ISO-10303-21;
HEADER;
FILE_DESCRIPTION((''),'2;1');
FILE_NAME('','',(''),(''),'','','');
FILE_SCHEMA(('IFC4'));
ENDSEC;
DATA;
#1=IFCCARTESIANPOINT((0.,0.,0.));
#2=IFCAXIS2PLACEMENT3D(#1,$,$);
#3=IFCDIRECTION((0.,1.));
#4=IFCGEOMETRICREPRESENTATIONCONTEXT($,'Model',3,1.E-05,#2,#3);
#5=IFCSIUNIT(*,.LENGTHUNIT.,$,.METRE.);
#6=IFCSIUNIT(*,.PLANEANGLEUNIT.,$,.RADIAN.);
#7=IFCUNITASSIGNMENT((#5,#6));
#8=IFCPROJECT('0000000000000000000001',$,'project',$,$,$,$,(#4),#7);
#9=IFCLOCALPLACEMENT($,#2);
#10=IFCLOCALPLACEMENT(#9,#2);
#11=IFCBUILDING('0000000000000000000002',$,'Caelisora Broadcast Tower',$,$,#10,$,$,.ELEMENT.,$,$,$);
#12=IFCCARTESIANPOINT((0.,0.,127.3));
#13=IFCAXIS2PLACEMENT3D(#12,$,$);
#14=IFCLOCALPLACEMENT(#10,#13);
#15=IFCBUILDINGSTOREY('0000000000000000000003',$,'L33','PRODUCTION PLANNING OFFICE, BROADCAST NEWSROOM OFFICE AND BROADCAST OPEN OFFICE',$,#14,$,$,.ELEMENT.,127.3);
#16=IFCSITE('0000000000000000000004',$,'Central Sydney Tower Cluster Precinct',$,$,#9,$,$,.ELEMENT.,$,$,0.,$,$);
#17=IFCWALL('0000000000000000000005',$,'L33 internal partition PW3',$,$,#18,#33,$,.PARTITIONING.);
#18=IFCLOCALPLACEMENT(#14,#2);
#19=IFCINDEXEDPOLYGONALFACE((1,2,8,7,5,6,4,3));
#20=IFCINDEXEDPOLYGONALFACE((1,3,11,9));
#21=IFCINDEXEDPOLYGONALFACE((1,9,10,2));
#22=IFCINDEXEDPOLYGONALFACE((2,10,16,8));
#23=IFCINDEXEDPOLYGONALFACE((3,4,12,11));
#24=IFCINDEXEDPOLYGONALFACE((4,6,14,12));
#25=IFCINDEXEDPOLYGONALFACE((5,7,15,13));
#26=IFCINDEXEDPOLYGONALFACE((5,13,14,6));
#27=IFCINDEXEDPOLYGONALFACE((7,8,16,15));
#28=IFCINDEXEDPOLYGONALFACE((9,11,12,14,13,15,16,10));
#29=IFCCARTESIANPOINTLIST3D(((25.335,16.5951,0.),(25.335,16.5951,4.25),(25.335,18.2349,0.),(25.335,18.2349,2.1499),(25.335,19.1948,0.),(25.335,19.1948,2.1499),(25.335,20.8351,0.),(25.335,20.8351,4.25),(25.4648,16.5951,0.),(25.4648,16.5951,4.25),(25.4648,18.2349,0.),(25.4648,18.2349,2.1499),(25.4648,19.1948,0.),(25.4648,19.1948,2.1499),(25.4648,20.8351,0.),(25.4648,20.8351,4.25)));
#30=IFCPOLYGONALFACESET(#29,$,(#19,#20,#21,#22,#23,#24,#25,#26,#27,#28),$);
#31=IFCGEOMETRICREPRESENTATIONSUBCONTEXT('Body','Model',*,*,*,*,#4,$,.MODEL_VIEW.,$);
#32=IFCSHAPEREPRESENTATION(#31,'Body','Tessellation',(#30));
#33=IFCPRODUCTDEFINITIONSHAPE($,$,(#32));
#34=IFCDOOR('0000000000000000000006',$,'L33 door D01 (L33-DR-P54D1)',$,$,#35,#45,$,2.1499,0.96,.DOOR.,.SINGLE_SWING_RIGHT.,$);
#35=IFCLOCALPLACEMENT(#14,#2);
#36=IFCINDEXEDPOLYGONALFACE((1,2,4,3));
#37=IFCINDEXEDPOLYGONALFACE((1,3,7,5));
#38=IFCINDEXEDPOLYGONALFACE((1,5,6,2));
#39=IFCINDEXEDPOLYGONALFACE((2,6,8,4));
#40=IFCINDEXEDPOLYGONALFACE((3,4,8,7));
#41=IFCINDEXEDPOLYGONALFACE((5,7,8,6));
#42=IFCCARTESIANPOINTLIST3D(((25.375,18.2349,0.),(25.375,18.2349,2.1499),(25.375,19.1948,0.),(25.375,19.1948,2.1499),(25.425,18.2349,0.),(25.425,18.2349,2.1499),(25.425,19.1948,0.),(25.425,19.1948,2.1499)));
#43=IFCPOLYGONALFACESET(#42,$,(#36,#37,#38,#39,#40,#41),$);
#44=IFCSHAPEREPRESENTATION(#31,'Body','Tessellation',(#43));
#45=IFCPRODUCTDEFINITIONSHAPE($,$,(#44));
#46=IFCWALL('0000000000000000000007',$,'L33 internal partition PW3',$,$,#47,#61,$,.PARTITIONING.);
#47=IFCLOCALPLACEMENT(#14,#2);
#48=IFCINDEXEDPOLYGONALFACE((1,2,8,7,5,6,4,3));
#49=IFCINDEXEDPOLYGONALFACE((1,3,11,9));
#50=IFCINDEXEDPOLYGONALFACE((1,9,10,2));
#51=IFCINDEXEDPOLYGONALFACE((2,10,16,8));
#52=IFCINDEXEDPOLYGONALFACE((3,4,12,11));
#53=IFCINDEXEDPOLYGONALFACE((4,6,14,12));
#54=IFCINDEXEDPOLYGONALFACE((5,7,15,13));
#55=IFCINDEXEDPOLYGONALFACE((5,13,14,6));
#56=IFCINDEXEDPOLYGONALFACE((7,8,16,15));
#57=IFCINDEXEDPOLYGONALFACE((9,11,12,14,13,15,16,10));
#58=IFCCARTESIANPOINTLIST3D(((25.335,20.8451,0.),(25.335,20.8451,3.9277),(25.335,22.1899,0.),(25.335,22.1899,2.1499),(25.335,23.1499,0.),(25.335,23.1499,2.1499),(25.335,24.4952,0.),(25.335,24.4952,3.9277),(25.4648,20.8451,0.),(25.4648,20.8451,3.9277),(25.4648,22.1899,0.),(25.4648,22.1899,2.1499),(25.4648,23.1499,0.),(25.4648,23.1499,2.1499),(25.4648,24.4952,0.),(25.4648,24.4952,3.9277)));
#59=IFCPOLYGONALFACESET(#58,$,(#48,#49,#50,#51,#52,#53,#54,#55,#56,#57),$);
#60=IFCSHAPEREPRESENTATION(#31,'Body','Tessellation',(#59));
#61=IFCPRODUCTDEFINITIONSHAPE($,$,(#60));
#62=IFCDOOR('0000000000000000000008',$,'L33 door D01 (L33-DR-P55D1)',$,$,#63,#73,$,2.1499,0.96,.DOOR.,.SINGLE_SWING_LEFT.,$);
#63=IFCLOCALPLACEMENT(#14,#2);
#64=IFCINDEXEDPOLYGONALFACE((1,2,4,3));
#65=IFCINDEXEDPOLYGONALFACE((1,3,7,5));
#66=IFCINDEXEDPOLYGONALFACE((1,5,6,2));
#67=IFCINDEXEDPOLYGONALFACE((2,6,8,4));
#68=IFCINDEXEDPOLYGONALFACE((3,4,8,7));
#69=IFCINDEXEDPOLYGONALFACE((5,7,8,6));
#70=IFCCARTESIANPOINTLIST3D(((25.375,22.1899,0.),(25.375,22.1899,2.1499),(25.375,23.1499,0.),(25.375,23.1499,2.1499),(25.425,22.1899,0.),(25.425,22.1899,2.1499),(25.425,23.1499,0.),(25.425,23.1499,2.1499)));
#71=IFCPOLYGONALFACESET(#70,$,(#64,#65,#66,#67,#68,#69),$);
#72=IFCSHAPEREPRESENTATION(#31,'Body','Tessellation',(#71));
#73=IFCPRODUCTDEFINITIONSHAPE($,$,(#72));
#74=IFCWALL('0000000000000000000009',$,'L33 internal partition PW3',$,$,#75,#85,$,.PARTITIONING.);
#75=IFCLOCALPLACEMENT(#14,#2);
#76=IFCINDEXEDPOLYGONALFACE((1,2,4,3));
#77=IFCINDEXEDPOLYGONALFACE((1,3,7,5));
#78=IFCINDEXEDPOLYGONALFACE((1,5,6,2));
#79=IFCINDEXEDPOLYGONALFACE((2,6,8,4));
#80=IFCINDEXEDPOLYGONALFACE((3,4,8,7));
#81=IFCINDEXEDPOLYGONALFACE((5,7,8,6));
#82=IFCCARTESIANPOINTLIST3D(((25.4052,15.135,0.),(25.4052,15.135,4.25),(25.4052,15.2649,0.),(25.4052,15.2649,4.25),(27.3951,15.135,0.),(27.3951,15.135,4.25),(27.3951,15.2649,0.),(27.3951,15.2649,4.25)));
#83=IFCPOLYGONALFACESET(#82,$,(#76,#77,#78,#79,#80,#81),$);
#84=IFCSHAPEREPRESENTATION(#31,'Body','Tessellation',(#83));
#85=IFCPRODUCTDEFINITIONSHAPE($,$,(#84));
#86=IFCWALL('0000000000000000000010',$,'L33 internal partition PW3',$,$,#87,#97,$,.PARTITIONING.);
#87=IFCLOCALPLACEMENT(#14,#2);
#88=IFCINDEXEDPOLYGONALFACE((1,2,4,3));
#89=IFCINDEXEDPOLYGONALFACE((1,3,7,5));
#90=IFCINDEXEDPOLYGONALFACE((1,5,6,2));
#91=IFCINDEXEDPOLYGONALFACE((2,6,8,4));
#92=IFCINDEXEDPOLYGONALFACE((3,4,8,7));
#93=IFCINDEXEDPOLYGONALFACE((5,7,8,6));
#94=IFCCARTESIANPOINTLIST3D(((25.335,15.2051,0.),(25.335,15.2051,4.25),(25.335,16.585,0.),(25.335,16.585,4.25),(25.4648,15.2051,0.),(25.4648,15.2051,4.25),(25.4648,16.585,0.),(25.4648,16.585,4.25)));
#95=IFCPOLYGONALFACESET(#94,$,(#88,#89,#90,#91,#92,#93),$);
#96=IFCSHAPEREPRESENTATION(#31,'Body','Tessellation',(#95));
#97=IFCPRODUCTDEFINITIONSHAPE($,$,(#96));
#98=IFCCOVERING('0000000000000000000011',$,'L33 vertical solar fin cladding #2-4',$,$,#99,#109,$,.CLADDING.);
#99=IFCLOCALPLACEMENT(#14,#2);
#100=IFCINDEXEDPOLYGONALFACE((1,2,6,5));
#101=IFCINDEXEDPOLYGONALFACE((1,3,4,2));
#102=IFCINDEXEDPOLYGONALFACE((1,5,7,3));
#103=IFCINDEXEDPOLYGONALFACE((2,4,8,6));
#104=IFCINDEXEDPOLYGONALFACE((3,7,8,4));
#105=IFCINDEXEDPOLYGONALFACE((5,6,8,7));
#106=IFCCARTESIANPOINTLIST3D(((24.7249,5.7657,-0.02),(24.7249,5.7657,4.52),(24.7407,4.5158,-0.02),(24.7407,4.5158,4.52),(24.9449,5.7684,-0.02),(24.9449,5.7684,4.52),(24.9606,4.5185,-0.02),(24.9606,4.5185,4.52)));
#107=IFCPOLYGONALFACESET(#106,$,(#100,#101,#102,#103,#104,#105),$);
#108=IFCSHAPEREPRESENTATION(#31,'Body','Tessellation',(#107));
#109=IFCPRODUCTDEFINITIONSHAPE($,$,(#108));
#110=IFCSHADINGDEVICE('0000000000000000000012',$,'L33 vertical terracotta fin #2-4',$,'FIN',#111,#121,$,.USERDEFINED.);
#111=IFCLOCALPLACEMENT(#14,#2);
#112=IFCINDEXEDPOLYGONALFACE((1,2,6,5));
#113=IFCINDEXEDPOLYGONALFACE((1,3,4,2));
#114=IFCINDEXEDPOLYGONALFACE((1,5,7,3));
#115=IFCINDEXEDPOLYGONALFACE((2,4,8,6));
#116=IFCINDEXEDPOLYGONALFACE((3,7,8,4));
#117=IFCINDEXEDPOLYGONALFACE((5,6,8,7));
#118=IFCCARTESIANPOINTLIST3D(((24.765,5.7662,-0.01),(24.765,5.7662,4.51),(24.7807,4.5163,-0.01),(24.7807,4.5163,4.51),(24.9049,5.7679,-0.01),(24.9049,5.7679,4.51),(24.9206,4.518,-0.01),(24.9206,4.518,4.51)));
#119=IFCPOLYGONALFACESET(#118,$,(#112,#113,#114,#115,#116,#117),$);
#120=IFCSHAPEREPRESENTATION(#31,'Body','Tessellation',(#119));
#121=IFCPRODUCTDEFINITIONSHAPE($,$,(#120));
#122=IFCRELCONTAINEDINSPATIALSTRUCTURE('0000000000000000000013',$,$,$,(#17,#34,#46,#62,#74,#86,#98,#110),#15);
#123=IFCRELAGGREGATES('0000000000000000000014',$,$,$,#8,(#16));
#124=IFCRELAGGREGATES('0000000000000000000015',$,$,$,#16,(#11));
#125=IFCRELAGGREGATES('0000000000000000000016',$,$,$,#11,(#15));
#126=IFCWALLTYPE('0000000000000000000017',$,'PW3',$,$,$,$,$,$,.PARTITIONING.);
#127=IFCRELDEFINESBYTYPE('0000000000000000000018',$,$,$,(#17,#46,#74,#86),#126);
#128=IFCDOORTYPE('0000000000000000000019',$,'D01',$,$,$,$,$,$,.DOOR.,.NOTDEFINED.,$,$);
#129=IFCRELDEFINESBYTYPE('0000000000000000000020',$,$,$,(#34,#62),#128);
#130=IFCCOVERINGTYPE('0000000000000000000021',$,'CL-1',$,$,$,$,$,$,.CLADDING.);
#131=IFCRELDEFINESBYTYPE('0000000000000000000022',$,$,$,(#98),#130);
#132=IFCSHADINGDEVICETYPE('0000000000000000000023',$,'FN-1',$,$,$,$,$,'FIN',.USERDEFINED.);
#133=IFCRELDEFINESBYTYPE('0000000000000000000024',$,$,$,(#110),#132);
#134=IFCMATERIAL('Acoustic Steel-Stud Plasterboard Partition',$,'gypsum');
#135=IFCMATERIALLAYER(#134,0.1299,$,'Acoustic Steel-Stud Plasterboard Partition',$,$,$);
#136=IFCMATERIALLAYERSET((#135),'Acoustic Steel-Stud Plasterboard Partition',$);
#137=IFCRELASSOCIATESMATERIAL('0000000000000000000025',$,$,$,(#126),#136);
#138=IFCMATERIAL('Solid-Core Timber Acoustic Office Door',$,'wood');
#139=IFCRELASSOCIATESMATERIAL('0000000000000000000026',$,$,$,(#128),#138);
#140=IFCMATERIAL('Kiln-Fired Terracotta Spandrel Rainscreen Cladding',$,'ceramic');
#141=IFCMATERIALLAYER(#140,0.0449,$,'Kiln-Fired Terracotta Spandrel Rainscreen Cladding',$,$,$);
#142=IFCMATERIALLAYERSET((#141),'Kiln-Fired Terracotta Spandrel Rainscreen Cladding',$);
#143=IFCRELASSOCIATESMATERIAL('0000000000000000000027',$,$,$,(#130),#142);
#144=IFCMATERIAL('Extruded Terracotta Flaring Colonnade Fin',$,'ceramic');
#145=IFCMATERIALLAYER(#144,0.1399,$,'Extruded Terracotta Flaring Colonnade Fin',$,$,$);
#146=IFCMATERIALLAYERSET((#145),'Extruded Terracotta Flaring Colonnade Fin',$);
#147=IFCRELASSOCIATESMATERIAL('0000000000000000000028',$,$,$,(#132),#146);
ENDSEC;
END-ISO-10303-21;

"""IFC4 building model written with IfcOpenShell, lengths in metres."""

from ifc_helpers import new_model, si_unit, direction, frame, frame_2d, origin, origin_2d, place, context, subcontext, project, spatial, rectangle, extrude, source, transform, mapped, material, layer, layer_set, type_object, type_shapes, element, fill, save


model = new_model("IFC4")

# Units and contexts
model_context = context("Model", 3, precision=1e-05, world=origin(), true_north=direction((0.0, 1.0)))
body_context = subcontext(model_context, "Body", "Model", "MODEL_VIEW")
ifc_project = project(units=[si_unit("LENGTHUNIT", "METRE"), si_unit("PLANEANGLEUNIT", "RADIAN")], contexts=[model_context])

# Site, building, storey
site_placement = place(None, origin())
site = spatial("IfcSite", under=ifc_project, at=site_placement, Name="Central Sydney Tower Cluster Precinct", CompositionType="ELEMENT", RefElevation=0.0)
building_placement = place(site_placement, origin())
building = spatial("IfcBuilding", under=site, at=building_placement, Name="Caelisora Broadcast Tower", CompositionType="ELEMENT")
storey_placement = place(building_placement, frame((0.0, 0.0, 127.3)))
storey = spatial("IfcBuildingStorey", under=building, at=storey_placement, Name="L33", Description="PRODUCTION PLANNING OFFICE, BROADCAST NEWSROOM OFFICE AND BROADCAST OPEN OFFICE", CompositionType="ELEMENT", Elevation=127.3)

# Walls, openings, doors
ifc_material_1 = material(Name="Acoustic Steel-Stud Plasterboard Partition", Category="gypsum")
ifc_layer_1 = layer(ifc_material_1, 0.1299, Name="Acoustic Steel-Stud Plasterboard Partition")
ifc_layer_set_1 = layer_set([ifc_layer_1], Name="Acoustic Steel-Stud Plasterboard Partition")
wall_type = type_object("IfcWallType", Name="PW3", PredefinedType="PARTITIONING", material=ifc_layer_set_1)
ifc_material_2 = material(Name="Solid-Core Timber Acoustic Office Door", Category="wood")
door_type = type_object("IfcDoorType", Name="D01", OperationType="NOTDEFINED", PredefinedType="DOOR", material=ifc_material_2)
wall_1_placement = place(storey_placement, frame((25.3999, 16.595, 0.0), z_axis=(0.0, 0.0, 1.0), x_axis=(0.0, 1.0, 0.0)))
wall_1 = element("IfcWall", 1, at=wall_1_placement, inside=storey, type_object=wall_type, Name="L33 internal partition PW3", PredefinedType="PARTITIONING", context=body_context, shape_type="SweptSolid", body=[
    extrude(rectangle(XDim=4.24, YDim=0.1299, at=frame_2d((2.1201, 0.0))), origin(), (0.0, 0.0, 1.0), 4.25),
])
opening_1_placement = place(wall_1_placement, frame((1.6399, 0.0, 0.0)))
opening_1 = element("IfcOpeningElement", 2, at=opening_1_placement, cuts=wall_1, PredefinedType="OPENING", context=body_context, shape_type="SweptSolid", body=[
    extrude(rectangle(XDim=0.96, YDim=2.1499, at=frame_2d((0.48, 1.075))), frame((0.0, 0.0769, 0.0), z_axis=(0.0, -1.0, 0.0), x_axis=(1.0, 0.0, 0.0)), (0.0, 0.0, 1.0), 0.1538),
])
door_1_placement = place(opening_1_placement, origin())
door_1 = element("IfcDoor", 3, at=door_1_placement, inside=storey, type_object=door_type, Name="L33 door D01 (L33-DR-P54D1)", OperationType="SINGLE_SWING_RIGHT", OverallHeight=2.1499, OverallWidth=0.96, PredefinedType="DOOR", context=body_context, shape_type="SweptSolid", body=[
    extrude(rectangle(XDim=0.96, YDim=2.1499, at=frame_2d((0.48, 1.075))), frame((0.0, 0.0249, 0.0), z_axis=(0.0, -1.0, 0.0), x_axis=(1.0, 0.0, 0.0)), (0.0, 0.0, 1.0), 0.05),
])
fill(opening_1, door_1)
wall_2_placement = place(storey_placement, frame((25.3999, 20.845, 0.0), z_axis=(0.0, 0.0, 1.0), x_axis=(0.0, 1.0, 0.0)))
wall_2 = element("IfcWall", 4, at=wall_2_placement, inside=storey, type_object=wall_type, Name="L33 internal partition PW3", PredefinedType="PARTITIONING", context=body_context, shape_type="SweptSolid", body=[
    extrude(rectangle(XDim=3.6501, YDim=0.1299, at=frame_2d((1.8252, 0.0))), origin(), (0.0, 0.0, 1.0), 3.9277),
])
opening_2_placement = place(wall_2_placement, frame((1.345, 0.0, 0.0)))
opening_2 = element("IfcOpeningElement", 5, at=opening_2_placement, cuts=wall_2, PredefinedType="OPENING", context=body_context, shape_type="SweptSolid", body=[
    extrude(rectangle(XDim=0.96, YDim=2.1499, at=frame_2d((0.48, 1.075))), frame((0.0, 0.0769, 0.0), z_axis=(0.0, -1.0, 0.0), x_axis=(1.0, 0.0, 0.0)), (0.0, 0.0, 1.0), 0.1538),
])
door_2_placement = place(opening_2_placement, origin())
door_2 = element("IfcDoor", 6, at=door_2_placement, inside=storey, type_object=door_type, Name="L33 door D01 (L33-DR-P55D1)", OperationType="SINGLE_SWING_LEFT", OverallHeight=2.1499, OverallWidth=0.96, PredefinedType="DOOR", context=body_context, shape_type="SweptSolid", body=[
    extrude(rectangle(XDim=0.96, YDim=2.1499, at=frame_2d((0.48, 1.075))), frame((0.0, 0.0249, 0.0), z_axis=(0.0, -1.0, 0.0), x_axis=(1.0, 0.0, 0.0)), (0.0, 0.0, 1.0), 0.05),
])
fill(opening_2, door_2)

# Walls
wall_3_placement = place(storey_placement, frame((25.405, 15.2, 0.0), z_axis=(0.0, 0.0, 1.0), x_axis=(1.0, 0.0, 0.0)))
element("IfcWall", 7, at=wall_3_placement, inside=storey, type_object=wall_type, Name="L33 internal partition PW3", PredefinedType="PARTITIONING", context=body_context, shape_type="SweptSolid", body=[
    extrude(rectangle(XDim=1.99, YDim=0.1299, at=frame_2d((0.9951, 0.0))), origin(), (0.0, 0.0, 1.0), 4.25),
])
wall_4_placement = place(storey_placement, frame((25.3999, 16.585, 0.0), z_axis=(0.0, 0.0, 1.0), x_axis=(0.0, -1.0, 0.0)))
element("IfcWall", 8, at=wall_4_placement, inside=storey, type_object=wall_type, Name="L33 internal partition PW3", PredefinedType="PARTITIONING", context=body_context, shape_type="SweptSolid", body=[
    extrude(rectangle(XDim=1.3799, YDim=0.1299, at=frame_2d((0.6899, 0.0))), origin(), (0.0, 0.0, 1.0), 4.25),
])

# Covering
ifc_material_3 = material(Name="Kiln-Fired Terracotta Spandrel Rainscreen Cladding", Category="ceramic")
ifc_layer_2 = layer(ifc_material_3, 0.0449, Name="Kiln-Fired Terracotta Spandrel Rainscreen Cladding")
ifc_layer_set_2 = layer_set([ifc_layer_2], Name="Kiln-Fired Terracotta Spandrel Rainscreen Cladding")
covering_type = type_object("IfcCoveringType", Name="CL-1", PredefinedType="CLADDING", material=ifc_layer_set_2)
shared_shape_1 = source(origin(), body_context, "Body", "SweptSolid", [
    extrude(rectangle(XDim=0.22, YDim=1.25, at=origin_2d()), origin(), (0.0, 0.0, 1.0), 4.54),
])
type_shapes(covering_type, [shared_shape_1])
covering_placement = place(storey_placement, frame((24.8428, 5.1421, -0.02), z_axis=(0.0, 0.0, 1.0), x_axis=(-0.999921, -0.012566, 0.0)))
element("IfcCovering", 9, at=covering_placement, inside=storey, type_object=covering_type, Name="L33 vertical solar fin cladding #2-4", PredefinedType="CLADDING", context=body_context, shape_type="MappedRepresentation", body=[
    mapped(shared_shape_1, transform((0.0, 0.0, 0.0), scale=1.0)),
])

# Shading device
ifc_material_4 = material(Name="Extruded Terracotta Flaring Colonnade Fin", Category="ceramic")
ifc_layer_3 = layer(ifc_material_4, 0.1399, Name="Extruded Terracotta Flaring Colonnade Fin")
ifc_layer_set_3 = layer_set([ifc_layer_3], Name="Extruded Terracotta Flaring Colonnade Fin")
shading_device_type = type_object("IfcShadingDeviceType", Name="FN-1", ElementType="FIN", PredefinedType="USERDEFINED", material=ifc_layer_set_3)
shared_shape_2 = source(origin(), body_context, "Body", "SweptSolid", [
    extrude(rectangle(XDim=0.1399, YDim=1.25, at=origin_2d()), origin(), (0.0, 0.0, 1.0), 4.52),
])
type_shapes(shading_device_type, [shared_shape_2])
shading_device_placement = place(storey_placement, frame((24.8428, 5.1421, -0.01), z_axis=(0.0, 0.0, 1.0), x_axis=(-0.999921, -0.012566, 0.0)))
element("IfcShadingDevice", 10, at=shading_device_placement, inside=storey, type_object=shading_device_type, Name="L33 vertical terracotta fin #2-4", ObjectType="FIN", PredefinedType="USERDEFINED", context=body_context, shape_type="MappedRepresentation", body=[
    mapped(shared_shape_2, transform((0.0, 0.0, 0.0), scale=1.0)),
])

save(model, "model.ifc")
